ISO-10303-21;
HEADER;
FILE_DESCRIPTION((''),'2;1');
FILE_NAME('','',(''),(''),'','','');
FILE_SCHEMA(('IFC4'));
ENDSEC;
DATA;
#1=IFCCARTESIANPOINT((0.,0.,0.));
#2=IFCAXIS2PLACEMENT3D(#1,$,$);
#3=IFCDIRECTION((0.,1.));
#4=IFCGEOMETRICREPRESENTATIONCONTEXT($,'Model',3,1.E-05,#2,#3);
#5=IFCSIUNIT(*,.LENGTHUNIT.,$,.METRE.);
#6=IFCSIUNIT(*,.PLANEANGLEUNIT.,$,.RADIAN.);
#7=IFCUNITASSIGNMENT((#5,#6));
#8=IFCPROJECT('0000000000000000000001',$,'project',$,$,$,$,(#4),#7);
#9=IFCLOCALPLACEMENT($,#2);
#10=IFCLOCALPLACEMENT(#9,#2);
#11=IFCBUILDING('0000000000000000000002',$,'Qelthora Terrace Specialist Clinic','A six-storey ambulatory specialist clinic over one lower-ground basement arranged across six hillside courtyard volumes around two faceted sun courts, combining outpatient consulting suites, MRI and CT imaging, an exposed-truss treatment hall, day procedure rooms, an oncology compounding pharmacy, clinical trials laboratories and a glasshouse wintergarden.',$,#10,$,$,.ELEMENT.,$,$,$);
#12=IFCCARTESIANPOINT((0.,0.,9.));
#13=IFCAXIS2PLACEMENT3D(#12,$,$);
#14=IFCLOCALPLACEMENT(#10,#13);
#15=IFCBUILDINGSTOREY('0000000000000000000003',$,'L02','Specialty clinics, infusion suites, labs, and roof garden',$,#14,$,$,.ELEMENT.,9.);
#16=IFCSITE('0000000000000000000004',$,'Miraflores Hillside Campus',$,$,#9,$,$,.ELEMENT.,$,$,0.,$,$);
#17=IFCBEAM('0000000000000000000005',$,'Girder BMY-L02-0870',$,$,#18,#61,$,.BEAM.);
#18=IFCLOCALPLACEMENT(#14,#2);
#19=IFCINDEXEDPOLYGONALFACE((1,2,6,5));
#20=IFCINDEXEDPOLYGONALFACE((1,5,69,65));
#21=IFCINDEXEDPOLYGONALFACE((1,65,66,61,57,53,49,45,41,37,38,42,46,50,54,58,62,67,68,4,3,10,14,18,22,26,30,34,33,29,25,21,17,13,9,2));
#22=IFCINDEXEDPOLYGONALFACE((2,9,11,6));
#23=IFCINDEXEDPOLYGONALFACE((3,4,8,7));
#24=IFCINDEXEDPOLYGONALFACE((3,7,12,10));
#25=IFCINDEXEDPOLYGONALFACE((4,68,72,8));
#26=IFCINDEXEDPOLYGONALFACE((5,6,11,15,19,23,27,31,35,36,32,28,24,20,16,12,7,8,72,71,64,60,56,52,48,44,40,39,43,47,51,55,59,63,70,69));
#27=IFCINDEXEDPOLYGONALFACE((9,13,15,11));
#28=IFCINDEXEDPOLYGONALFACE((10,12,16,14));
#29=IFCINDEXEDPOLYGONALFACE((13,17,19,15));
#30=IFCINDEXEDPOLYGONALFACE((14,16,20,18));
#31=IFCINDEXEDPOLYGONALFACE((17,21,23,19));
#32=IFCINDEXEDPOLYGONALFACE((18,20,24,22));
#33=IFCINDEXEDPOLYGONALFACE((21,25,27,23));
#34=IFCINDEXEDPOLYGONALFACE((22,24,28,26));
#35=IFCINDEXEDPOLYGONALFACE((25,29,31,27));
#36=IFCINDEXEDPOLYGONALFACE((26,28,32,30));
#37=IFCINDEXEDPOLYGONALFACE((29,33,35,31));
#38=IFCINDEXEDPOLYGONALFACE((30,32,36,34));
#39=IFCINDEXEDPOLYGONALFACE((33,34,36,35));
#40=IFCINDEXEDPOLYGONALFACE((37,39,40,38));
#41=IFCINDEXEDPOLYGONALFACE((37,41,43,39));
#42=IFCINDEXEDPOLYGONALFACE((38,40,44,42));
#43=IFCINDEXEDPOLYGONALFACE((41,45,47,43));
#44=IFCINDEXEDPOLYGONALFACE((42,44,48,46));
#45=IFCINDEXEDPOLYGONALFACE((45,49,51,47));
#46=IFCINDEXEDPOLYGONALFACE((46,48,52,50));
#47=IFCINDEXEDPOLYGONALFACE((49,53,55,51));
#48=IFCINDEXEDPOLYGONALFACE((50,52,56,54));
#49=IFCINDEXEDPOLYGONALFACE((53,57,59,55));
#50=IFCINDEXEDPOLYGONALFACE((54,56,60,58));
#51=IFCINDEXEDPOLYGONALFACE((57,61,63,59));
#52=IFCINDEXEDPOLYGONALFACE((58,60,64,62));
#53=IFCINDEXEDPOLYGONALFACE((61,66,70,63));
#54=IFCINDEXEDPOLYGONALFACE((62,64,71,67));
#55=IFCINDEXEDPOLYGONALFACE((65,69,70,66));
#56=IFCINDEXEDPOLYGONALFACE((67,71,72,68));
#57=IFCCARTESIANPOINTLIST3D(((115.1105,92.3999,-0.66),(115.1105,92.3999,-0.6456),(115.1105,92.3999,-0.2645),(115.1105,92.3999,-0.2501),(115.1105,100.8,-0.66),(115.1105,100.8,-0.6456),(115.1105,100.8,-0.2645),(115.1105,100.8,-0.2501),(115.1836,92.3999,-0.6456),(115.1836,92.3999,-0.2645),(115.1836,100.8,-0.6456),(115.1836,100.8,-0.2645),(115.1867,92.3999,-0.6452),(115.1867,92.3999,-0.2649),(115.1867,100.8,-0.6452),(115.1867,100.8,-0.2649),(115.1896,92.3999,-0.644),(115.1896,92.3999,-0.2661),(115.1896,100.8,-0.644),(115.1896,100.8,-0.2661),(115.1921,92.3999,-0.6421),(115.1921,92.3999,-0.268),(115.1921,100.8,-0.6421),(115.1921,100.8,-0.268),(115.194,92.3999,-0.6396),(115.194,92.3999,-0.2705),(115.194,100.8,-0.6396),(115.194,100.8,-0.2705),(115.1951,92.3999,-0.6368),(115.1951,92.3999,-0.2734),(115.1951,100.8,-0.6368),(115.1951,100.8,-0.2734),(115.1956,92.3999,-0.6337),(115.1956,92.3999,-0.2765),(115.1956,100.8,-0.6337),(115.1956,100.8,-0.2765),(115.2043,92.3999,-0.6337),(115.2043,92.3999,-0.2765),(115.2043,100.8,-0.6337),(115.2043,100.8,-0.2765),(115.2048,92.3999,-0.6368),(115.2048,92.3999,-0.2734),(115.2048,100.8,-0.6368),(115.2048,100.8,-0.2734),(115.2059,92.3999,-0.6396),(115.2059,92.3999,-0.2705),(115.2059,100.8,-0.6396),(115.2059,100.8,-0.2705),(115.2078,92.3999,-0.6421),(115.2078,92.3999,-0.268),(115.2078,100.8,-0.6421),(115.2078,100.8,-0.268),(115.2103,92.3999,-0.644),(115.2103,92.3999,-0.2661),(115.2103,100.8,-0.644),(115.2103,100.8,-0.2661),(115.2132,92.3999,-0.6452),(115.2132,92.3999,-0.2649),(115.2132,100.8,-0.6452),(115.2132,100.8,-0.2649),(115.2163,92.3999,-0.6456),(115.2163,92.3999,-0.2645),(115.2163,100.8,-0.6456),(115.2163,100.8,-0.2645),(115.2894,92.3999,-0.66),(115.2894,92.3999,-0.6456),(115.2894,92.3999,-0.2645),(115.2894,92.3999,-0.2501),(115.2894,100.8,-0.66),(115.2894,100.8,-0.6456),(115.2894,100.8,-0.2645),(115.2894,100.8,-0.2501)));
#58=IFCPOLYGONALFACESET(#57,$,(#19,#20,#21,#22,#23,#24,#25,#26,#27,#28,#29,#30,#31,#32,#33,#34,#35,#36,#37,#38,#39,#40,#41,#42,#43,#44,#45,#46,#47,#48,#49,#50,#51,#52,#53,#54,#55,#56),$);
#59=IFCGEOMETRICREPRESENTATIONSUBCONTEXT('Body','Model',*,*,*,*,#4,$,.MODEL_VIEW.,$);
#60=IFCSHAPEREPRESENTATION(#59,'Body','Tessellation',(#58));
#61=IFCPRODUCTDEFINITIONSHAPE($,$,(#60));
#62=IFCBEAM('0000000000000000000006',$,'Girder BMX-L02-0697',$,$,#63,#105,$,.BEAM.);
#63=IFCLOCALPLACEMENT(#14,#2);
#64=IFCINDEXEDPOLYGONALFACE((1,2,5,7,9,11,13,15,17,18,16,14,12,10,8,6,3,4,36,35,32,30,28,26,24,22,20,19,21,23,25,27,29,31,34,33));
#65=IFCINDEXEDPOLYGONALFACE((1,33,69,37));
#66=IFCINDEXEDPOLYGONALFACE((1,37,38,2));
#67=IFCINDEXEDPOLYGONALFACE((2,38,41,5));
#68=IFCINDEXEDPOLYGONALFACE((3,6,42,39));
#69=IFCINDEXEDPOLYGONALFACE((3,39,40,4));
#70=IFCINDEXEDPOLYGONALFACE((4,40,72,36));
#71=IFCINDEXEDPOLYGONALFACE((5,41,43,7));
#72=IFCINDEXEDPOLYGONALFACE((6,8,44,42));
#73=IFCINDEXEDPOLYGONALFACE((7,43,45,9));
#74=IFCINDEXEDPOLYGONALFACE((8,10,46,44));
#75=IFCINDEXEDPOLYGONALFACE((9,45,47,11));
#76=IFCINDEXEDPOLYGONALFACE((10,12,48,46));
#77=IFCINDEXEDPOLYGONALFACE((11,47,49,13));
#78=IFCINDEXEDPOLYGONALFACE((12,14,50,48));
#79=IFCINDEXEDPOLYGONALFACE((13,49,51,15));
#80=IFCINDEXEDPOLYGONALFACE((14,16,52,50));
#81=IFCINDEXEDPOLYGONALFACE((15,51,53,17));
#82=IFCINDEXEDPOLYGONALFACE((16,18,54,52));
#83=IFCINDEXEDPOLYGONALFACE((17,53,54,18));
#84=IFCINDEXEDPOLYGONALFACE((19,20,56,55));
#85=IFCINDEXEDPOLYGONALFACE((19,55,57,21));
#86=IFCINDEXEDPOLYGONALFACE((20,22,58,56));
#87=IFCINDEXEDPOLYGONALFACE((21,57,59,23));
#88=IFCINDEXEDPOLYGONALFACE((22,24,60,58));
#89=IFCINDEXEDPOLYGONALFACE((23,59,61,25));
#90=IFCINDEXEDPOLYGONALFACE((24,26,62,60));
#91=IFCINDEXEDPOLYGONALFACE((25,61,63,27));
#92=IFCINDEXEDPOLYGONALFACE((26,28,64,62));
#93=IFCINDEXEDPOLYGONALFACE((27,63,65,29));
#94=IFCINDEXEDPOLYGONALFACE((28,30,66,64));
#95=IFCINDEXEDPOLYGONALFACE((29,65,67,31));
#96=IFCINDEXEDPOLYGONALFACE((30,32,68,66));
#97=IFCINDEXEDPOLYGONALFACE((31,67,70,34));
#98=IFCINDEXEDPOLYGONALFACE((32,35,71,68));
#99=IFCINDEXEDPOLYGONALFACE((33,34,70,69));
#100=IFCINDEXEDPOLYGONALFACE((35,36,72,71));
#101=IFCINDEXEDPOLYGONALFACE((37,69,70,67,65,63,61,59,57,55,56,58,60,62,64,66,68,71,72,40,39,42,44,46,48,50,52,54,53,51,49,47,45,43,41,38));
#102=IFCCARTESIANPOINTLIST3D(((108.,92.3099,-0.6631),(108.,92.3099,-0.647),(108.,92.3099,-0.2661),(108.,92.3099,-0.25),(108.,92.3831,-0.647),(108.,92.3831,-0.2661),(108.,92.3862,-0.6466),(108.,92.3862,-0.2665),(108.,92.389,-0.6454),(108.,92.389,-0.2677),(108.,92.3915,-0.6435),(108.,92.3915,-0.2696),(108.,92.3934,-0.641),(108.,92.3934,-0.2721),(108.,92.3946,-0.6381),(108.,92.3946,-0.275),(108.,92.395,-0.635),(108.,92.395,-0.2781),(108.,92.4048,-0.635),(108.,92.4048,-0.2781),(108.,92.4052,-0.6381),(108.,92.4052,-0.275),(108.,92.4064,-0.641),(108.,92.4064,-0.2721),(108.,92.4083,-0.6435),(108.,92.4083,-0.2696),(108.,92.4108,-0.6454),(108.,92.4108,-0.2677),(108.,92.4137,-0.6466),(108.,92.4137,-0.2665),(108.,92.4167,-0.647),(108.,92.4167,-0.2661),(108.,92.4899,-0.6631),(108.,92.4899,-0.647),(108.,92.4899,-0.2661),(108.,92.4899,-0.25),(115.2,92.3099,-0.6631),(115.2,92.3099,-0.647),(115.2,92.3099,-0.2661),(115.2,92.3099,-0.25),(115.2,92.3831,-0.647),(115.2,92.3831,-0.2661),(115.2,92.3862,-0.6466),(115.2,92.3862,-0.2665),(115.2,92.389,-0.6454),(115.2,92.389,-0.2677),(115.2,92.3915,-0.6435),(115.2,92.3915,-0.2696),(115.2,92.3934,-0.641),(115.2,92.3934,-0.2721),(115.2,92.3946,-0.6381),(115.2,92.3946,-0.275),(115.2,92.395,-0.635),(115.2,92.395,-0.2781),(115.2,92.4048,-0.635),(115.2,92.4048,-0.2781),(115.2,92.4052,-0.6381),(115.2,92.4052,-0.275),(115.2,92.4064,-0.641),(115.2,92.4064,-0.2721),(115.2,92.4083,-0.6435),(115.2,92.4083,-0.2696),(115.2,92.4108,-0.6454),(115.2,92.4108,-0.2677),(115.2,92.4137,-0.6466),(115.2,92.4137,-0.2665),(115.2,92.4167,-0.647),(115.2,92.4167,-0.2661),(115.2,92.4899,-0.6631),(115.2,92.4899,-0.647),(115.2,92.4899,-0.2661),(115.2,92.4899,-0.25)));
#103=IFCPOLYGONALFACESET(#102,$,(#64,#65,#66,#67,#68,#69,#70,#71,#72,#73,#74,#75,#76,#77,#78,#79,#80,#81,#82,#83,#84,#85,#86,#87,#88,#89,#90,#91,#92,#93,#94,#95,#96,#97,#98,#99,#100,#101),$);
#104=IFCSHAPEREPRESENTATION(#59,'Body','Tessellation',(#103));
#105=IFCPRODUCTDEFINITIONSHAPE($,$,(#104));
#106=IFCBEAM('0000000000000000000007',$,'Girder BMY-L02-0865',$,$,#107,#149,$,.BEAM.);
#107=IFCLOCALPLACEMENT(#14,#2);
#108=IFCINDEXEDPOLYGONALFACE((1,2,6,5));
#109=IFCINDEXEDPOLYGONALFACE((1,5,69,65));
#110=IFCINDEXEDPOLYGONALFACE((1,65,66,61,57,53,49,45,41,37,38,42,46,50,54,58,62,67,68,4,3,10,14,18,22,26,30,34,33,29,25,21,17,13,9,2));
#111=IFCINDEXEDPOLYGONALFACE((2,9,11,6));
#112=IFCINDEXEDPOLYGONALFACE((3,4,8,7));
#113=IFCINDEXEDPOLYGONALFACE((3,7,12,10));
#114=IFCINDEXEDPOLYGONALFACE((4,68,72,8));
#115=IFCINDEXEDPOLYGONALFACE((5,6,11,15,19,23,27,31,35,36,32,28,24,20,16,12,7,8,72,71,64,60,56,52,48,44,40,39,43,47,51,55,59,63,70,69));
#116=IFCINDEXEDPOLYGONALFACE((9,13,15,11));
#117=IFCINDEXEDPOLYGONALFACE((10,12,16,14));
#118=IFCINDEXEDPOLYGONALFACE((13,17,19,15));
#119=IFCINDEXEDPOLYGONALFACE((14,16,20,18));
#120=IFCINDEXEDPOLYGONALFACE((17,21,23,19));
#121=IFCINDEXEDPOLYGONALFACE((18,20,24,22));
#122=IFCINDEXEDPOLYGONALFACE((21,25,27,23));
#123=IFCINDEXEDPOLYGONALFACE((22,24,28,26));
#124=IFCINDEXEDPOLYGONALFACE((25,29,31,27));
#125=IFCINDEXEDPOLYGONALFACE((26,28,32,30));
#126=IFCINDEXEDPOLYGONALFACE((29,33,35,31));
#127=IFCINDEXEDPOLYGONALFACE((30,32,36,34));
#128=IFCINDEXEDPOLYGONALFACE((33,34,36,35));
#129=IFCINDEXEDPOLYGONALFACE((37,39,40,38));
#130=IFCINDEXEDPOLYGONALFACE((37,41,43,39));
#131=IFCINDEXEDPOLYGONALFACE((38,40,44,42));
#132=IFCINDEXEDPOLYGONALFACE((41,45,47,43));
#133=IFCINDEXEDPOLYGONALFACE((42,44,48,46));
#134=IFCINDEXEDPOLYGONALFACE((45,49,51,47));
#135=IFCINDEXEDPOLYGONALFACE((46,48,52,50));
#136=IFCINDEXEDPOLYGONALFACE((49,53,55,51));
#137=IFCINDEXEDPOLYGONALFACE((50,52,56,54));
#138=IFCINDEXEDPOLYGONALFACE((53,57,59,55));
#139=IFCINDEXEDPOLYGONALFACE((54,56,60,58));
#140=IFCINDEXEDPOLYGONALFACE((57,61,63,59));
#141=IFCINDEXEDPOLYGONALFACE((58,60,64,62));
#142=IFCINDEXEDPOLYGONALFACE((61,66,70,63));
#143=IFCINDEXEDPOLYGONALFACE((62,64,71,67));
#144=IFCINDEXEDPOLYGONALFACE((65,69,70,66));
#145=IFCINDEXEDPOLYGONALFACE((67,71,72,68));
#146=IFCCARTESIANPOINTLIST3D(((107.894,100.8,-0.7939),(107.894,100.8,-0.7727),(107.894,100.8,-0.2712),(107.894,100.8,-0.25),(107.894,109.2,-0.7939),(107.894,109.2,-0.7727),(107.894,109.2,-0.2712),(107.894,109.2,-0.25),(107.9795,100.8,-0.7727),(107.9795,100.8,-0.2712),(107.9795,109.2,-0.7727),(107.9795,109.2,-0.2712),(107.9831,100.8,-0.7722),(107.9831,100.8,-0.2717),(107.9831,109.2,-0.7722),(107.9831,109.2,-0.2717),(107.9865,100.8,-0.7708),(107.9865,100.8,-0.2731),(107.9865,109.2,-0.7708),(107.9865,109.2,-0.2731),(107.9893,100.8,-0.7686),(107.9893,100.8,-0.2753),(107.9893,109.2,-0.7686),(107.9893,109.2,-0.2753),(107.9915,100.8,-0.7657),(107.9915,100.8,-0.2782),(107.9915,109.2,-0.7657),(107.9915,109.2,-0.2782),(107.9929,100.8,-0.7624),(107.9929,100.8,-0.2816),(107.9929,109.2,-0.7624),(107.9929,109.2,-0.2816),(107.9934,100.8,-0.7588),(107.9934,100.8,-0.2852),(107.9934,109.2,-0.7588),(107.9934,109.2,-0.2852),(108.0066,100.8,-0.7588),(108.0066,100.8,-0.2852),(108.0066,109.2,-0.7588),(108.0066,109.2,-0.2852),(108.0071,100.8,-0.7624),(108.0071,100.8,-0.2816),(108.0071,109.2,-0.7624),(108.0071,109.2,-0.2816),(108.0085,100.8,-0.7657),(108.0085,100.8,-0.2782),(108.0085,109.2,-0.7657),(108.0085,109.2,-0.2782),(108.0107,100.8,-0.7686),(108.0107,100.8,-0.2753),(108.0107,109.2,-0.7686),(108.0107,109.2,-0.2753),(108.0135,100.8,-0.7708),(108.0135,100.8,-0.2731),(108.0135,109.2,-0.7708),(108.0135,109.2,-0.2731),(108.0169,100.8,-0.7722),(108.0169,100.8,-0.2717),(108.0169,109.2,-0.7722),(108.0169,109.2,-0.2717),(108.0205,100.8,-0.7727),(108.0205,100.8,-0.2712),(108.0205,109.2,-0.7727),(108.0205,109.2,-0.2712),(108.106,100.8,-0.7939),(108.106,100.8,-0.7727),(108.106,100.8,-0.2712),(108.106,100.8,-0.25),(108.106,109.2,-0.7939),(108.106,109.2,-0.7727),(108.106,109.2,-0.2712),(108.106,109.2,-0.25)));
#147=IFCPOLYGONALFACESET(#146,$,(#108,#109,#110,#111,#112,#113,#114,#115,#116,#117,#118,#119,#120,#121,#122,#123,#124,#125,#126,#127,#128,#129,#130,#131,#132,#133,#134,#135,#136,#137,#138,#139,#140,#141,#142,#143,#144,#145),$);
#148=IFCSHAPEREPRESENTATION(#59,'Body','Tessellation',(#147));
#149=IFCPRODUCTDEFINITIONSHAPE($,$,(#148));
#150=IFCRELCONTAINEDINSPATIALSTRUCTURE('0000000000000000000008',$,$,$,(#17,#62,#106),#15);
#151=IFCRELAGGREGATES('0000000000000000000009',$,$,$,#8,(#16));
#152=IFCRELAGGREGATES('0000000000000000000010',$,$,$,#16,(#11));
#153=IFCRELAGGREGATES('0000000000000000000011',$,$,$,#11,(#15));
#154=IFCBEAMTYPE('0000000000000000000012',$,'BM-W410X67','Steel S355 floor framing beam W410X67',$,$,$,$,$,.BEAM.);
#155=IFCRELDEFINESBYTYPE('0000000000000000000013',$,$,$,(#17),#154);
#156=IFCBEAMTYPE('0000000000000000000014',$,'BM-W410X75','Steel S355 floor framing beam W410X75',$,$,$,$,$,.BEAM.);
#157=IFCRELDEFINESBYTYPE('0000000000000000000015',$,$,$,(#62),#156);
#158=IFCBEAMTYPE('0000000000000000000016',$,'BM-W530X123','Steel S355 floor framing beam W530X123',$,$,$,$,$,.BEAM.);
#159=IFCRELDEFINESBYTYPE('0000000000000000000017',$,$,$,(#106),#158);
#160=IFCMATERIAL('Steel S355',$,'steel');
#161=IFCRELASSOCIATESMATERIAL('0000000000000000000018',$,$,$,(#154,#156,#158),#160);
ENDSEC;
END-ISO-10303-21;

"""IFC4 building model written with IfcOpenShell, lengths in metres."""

from ifc_helpers import new_model, si_unit, direction, frame, origin, origin_2d, place, context, subcontext, project, spatial, i_section, extrude, material, material_profile, profile_set, type_object, element, save


model = new_model("IFC4")

# Units and contexts
model_context = context("Model", 3, precision=1e-05, world=origin(), true_north=direction((0.0, 1.0)))
body_context = subcontext(model_context, "Body", "Model", "MODEL_VIEW")
ifc_project = project(units=[si_unit("LENGTHUNIT", "METRE"), si_unit("PLANEANGLEUNIT", "RADIAN")], contexts=[model_context])

# Site, building, storey
site_placement = place(None, origin())
site = spatial("IfcSite", under=ifc_project, at=site_placement, Name="Miraflores Hillside Campus", CompositionType="ELEMENT", RefElevation=0.0)
building_placement = place(site_placement, origin())
building = spatial("IfcBuilding", under=site, at=building_placement, Name="Qelthora Terrace Specialist Clinic", Description="A six-storey ambulatory specialist clinic over one lower-ground basement arranged across six hillside courtyard volumes around two faceted sun courts, combining outpatient consulting suites, MRI and CT imaging, an exposed-truss treatment hall, day procedure rooms, an oncology compounding pharmacy, clinical trials laboratories and a glasshouse wintergarden.", CompositionType="ELEMENT")
storey_placement = place(building_placement, frame((0.0, 0.0, 9.0)))
storey = spatial("IfcBuildingStorey", under=building, at=storey_placement, Name="L02", Description="Specialty clinics, infusion suites, labs, and roof garden", CompositionType="ELEMENT", Elevation=9.0)

# Shared definitions
ifc_material_1 = material(Name="Steel S355", Category="steel")

# Beams
ifc_material_profile_1 = material_profile(ifc_material_1, i_section(OverallWidth=0.179, OverallDepth=0.4099, WebThickness=0.0088, FlangeThickness=0.0144, FilletRadius=0.012, at=origin_2d()), Name="W410X67")
ifc_profile_set_1 = profile_set([ifc_material_profile_1], Name="Steel S355")
beam_type_1 = type_object("IfcBeamType", Name="BM-W410X67", Description="Steel S355 floor framing beam W410X67", PredefinedType="BEAM", material=ifc_profile_set_1)
beam_1_placement = place(storey_placement, frame((115.2, 92.3999, -0.4551), z_axis=(0.0, 1.0, 0.0), x_axis=(-1.0, 0.0, 0.0)))
element("IfcBeam", 1, at=beam_1_placement, inside=storey, type_object=beam_type_1, Name="Girder BMY-L02-0870", PredefinedType="BEAM", context=body_context, shape_type="SweptSolid", body=[
    extrude(i_section(OverallWidth=0.179, OverallDepth=0.4099, WebThickness=0.0088, FlangeThickness=0.0144, FilletRadius=0.012, at=origin_2d()), origin(), (0.0, 0.0, 1.0), 8.4001),
])
ifc_material_profile_2 = material_profile(ifc_material_1, i_section(OverallWidth=0.1799, OverallDepth=0.4131, WebThickness=0.0098, FlangeThickness=0.0161, FilletRadius=0.012, at=origin_2d()), Name="W410X75")
ifc_profile_set_2 = profile_set([ifc_material_profile_2], Name="Steel S355")
beam_type_2 = type_object("IfcBeamType", Name="BM-W410X75", Description="Steel S355 floor framing beam W410X75", PredefinedType="BEAM", material=ifc_profile_set_2)
beam_2_placement = place(storey_placement, frame((108.0, 92.3999, -0.4565), z_axis=(1.0, 0.0, 0.0), x_axis=(0.0, 1.0, 0.0)))
element("IfcBeam", 2, at=beam_2_placement, inside=storey, type_object=beam_type_2, Name="Girder BMX-L02-0697", PredefinedType="BEAM", context=body_context, shape_type="SweptSolid", body=[
    extrude(i_section(OverallWidth=0.1799, OverallDepth=0.4131, WebThickness=0.0098, FlangeThickness=0.0161, FilletRadius=0.012, at=origin_2d()), origin(), (0.0, 0.0, 1.0), 7.2),
])
ifc_material_profile_3 = material_profile(ifc_material_1, i_section(OverallWidth=0.2119, OverallDepth=0.5439, WebThickness=0.0132, FlangeThickness=0.0212, FilletRadius=0.0139, at=origin_2d()), Name="W530X123")
ifc_profile_set_3 = profile_set([ifc_material_profile_3], Name="Steel S355")
beam_type_3 = type_object("IfcBeamType", Name="BM-W530X123", Description="Steel S355 floor framing beam W530X123", PredefinedType="BEAM", material=ifc_profile_set_3)
beam_3_placement = place(storey_placement, frame((108.0, 100.8, -0.522), z_axis=(0.0, 1.0, 0.0), x_axis=(-1.0, 0.0, 0.0)))
element("IfcBeam", 3, at=beam_3_placement, inside=storey, type_object=beam_type_3, Name="Girder BMY-L02-0865", PredefinedType="BEAM", context=body_context, shape_type="SweptSolid", body=[
    extrude(i_section(OverallWidth=0.2119, OverallDepth=0.5439, WebThickness=0.0132, FlangeThickness=0.0212, FilletRadius=0.0139, at=origin_2d()), origin(), (0.0, 0.0, 1.0), 8.3999),
])

save(model, "model.ifc")
